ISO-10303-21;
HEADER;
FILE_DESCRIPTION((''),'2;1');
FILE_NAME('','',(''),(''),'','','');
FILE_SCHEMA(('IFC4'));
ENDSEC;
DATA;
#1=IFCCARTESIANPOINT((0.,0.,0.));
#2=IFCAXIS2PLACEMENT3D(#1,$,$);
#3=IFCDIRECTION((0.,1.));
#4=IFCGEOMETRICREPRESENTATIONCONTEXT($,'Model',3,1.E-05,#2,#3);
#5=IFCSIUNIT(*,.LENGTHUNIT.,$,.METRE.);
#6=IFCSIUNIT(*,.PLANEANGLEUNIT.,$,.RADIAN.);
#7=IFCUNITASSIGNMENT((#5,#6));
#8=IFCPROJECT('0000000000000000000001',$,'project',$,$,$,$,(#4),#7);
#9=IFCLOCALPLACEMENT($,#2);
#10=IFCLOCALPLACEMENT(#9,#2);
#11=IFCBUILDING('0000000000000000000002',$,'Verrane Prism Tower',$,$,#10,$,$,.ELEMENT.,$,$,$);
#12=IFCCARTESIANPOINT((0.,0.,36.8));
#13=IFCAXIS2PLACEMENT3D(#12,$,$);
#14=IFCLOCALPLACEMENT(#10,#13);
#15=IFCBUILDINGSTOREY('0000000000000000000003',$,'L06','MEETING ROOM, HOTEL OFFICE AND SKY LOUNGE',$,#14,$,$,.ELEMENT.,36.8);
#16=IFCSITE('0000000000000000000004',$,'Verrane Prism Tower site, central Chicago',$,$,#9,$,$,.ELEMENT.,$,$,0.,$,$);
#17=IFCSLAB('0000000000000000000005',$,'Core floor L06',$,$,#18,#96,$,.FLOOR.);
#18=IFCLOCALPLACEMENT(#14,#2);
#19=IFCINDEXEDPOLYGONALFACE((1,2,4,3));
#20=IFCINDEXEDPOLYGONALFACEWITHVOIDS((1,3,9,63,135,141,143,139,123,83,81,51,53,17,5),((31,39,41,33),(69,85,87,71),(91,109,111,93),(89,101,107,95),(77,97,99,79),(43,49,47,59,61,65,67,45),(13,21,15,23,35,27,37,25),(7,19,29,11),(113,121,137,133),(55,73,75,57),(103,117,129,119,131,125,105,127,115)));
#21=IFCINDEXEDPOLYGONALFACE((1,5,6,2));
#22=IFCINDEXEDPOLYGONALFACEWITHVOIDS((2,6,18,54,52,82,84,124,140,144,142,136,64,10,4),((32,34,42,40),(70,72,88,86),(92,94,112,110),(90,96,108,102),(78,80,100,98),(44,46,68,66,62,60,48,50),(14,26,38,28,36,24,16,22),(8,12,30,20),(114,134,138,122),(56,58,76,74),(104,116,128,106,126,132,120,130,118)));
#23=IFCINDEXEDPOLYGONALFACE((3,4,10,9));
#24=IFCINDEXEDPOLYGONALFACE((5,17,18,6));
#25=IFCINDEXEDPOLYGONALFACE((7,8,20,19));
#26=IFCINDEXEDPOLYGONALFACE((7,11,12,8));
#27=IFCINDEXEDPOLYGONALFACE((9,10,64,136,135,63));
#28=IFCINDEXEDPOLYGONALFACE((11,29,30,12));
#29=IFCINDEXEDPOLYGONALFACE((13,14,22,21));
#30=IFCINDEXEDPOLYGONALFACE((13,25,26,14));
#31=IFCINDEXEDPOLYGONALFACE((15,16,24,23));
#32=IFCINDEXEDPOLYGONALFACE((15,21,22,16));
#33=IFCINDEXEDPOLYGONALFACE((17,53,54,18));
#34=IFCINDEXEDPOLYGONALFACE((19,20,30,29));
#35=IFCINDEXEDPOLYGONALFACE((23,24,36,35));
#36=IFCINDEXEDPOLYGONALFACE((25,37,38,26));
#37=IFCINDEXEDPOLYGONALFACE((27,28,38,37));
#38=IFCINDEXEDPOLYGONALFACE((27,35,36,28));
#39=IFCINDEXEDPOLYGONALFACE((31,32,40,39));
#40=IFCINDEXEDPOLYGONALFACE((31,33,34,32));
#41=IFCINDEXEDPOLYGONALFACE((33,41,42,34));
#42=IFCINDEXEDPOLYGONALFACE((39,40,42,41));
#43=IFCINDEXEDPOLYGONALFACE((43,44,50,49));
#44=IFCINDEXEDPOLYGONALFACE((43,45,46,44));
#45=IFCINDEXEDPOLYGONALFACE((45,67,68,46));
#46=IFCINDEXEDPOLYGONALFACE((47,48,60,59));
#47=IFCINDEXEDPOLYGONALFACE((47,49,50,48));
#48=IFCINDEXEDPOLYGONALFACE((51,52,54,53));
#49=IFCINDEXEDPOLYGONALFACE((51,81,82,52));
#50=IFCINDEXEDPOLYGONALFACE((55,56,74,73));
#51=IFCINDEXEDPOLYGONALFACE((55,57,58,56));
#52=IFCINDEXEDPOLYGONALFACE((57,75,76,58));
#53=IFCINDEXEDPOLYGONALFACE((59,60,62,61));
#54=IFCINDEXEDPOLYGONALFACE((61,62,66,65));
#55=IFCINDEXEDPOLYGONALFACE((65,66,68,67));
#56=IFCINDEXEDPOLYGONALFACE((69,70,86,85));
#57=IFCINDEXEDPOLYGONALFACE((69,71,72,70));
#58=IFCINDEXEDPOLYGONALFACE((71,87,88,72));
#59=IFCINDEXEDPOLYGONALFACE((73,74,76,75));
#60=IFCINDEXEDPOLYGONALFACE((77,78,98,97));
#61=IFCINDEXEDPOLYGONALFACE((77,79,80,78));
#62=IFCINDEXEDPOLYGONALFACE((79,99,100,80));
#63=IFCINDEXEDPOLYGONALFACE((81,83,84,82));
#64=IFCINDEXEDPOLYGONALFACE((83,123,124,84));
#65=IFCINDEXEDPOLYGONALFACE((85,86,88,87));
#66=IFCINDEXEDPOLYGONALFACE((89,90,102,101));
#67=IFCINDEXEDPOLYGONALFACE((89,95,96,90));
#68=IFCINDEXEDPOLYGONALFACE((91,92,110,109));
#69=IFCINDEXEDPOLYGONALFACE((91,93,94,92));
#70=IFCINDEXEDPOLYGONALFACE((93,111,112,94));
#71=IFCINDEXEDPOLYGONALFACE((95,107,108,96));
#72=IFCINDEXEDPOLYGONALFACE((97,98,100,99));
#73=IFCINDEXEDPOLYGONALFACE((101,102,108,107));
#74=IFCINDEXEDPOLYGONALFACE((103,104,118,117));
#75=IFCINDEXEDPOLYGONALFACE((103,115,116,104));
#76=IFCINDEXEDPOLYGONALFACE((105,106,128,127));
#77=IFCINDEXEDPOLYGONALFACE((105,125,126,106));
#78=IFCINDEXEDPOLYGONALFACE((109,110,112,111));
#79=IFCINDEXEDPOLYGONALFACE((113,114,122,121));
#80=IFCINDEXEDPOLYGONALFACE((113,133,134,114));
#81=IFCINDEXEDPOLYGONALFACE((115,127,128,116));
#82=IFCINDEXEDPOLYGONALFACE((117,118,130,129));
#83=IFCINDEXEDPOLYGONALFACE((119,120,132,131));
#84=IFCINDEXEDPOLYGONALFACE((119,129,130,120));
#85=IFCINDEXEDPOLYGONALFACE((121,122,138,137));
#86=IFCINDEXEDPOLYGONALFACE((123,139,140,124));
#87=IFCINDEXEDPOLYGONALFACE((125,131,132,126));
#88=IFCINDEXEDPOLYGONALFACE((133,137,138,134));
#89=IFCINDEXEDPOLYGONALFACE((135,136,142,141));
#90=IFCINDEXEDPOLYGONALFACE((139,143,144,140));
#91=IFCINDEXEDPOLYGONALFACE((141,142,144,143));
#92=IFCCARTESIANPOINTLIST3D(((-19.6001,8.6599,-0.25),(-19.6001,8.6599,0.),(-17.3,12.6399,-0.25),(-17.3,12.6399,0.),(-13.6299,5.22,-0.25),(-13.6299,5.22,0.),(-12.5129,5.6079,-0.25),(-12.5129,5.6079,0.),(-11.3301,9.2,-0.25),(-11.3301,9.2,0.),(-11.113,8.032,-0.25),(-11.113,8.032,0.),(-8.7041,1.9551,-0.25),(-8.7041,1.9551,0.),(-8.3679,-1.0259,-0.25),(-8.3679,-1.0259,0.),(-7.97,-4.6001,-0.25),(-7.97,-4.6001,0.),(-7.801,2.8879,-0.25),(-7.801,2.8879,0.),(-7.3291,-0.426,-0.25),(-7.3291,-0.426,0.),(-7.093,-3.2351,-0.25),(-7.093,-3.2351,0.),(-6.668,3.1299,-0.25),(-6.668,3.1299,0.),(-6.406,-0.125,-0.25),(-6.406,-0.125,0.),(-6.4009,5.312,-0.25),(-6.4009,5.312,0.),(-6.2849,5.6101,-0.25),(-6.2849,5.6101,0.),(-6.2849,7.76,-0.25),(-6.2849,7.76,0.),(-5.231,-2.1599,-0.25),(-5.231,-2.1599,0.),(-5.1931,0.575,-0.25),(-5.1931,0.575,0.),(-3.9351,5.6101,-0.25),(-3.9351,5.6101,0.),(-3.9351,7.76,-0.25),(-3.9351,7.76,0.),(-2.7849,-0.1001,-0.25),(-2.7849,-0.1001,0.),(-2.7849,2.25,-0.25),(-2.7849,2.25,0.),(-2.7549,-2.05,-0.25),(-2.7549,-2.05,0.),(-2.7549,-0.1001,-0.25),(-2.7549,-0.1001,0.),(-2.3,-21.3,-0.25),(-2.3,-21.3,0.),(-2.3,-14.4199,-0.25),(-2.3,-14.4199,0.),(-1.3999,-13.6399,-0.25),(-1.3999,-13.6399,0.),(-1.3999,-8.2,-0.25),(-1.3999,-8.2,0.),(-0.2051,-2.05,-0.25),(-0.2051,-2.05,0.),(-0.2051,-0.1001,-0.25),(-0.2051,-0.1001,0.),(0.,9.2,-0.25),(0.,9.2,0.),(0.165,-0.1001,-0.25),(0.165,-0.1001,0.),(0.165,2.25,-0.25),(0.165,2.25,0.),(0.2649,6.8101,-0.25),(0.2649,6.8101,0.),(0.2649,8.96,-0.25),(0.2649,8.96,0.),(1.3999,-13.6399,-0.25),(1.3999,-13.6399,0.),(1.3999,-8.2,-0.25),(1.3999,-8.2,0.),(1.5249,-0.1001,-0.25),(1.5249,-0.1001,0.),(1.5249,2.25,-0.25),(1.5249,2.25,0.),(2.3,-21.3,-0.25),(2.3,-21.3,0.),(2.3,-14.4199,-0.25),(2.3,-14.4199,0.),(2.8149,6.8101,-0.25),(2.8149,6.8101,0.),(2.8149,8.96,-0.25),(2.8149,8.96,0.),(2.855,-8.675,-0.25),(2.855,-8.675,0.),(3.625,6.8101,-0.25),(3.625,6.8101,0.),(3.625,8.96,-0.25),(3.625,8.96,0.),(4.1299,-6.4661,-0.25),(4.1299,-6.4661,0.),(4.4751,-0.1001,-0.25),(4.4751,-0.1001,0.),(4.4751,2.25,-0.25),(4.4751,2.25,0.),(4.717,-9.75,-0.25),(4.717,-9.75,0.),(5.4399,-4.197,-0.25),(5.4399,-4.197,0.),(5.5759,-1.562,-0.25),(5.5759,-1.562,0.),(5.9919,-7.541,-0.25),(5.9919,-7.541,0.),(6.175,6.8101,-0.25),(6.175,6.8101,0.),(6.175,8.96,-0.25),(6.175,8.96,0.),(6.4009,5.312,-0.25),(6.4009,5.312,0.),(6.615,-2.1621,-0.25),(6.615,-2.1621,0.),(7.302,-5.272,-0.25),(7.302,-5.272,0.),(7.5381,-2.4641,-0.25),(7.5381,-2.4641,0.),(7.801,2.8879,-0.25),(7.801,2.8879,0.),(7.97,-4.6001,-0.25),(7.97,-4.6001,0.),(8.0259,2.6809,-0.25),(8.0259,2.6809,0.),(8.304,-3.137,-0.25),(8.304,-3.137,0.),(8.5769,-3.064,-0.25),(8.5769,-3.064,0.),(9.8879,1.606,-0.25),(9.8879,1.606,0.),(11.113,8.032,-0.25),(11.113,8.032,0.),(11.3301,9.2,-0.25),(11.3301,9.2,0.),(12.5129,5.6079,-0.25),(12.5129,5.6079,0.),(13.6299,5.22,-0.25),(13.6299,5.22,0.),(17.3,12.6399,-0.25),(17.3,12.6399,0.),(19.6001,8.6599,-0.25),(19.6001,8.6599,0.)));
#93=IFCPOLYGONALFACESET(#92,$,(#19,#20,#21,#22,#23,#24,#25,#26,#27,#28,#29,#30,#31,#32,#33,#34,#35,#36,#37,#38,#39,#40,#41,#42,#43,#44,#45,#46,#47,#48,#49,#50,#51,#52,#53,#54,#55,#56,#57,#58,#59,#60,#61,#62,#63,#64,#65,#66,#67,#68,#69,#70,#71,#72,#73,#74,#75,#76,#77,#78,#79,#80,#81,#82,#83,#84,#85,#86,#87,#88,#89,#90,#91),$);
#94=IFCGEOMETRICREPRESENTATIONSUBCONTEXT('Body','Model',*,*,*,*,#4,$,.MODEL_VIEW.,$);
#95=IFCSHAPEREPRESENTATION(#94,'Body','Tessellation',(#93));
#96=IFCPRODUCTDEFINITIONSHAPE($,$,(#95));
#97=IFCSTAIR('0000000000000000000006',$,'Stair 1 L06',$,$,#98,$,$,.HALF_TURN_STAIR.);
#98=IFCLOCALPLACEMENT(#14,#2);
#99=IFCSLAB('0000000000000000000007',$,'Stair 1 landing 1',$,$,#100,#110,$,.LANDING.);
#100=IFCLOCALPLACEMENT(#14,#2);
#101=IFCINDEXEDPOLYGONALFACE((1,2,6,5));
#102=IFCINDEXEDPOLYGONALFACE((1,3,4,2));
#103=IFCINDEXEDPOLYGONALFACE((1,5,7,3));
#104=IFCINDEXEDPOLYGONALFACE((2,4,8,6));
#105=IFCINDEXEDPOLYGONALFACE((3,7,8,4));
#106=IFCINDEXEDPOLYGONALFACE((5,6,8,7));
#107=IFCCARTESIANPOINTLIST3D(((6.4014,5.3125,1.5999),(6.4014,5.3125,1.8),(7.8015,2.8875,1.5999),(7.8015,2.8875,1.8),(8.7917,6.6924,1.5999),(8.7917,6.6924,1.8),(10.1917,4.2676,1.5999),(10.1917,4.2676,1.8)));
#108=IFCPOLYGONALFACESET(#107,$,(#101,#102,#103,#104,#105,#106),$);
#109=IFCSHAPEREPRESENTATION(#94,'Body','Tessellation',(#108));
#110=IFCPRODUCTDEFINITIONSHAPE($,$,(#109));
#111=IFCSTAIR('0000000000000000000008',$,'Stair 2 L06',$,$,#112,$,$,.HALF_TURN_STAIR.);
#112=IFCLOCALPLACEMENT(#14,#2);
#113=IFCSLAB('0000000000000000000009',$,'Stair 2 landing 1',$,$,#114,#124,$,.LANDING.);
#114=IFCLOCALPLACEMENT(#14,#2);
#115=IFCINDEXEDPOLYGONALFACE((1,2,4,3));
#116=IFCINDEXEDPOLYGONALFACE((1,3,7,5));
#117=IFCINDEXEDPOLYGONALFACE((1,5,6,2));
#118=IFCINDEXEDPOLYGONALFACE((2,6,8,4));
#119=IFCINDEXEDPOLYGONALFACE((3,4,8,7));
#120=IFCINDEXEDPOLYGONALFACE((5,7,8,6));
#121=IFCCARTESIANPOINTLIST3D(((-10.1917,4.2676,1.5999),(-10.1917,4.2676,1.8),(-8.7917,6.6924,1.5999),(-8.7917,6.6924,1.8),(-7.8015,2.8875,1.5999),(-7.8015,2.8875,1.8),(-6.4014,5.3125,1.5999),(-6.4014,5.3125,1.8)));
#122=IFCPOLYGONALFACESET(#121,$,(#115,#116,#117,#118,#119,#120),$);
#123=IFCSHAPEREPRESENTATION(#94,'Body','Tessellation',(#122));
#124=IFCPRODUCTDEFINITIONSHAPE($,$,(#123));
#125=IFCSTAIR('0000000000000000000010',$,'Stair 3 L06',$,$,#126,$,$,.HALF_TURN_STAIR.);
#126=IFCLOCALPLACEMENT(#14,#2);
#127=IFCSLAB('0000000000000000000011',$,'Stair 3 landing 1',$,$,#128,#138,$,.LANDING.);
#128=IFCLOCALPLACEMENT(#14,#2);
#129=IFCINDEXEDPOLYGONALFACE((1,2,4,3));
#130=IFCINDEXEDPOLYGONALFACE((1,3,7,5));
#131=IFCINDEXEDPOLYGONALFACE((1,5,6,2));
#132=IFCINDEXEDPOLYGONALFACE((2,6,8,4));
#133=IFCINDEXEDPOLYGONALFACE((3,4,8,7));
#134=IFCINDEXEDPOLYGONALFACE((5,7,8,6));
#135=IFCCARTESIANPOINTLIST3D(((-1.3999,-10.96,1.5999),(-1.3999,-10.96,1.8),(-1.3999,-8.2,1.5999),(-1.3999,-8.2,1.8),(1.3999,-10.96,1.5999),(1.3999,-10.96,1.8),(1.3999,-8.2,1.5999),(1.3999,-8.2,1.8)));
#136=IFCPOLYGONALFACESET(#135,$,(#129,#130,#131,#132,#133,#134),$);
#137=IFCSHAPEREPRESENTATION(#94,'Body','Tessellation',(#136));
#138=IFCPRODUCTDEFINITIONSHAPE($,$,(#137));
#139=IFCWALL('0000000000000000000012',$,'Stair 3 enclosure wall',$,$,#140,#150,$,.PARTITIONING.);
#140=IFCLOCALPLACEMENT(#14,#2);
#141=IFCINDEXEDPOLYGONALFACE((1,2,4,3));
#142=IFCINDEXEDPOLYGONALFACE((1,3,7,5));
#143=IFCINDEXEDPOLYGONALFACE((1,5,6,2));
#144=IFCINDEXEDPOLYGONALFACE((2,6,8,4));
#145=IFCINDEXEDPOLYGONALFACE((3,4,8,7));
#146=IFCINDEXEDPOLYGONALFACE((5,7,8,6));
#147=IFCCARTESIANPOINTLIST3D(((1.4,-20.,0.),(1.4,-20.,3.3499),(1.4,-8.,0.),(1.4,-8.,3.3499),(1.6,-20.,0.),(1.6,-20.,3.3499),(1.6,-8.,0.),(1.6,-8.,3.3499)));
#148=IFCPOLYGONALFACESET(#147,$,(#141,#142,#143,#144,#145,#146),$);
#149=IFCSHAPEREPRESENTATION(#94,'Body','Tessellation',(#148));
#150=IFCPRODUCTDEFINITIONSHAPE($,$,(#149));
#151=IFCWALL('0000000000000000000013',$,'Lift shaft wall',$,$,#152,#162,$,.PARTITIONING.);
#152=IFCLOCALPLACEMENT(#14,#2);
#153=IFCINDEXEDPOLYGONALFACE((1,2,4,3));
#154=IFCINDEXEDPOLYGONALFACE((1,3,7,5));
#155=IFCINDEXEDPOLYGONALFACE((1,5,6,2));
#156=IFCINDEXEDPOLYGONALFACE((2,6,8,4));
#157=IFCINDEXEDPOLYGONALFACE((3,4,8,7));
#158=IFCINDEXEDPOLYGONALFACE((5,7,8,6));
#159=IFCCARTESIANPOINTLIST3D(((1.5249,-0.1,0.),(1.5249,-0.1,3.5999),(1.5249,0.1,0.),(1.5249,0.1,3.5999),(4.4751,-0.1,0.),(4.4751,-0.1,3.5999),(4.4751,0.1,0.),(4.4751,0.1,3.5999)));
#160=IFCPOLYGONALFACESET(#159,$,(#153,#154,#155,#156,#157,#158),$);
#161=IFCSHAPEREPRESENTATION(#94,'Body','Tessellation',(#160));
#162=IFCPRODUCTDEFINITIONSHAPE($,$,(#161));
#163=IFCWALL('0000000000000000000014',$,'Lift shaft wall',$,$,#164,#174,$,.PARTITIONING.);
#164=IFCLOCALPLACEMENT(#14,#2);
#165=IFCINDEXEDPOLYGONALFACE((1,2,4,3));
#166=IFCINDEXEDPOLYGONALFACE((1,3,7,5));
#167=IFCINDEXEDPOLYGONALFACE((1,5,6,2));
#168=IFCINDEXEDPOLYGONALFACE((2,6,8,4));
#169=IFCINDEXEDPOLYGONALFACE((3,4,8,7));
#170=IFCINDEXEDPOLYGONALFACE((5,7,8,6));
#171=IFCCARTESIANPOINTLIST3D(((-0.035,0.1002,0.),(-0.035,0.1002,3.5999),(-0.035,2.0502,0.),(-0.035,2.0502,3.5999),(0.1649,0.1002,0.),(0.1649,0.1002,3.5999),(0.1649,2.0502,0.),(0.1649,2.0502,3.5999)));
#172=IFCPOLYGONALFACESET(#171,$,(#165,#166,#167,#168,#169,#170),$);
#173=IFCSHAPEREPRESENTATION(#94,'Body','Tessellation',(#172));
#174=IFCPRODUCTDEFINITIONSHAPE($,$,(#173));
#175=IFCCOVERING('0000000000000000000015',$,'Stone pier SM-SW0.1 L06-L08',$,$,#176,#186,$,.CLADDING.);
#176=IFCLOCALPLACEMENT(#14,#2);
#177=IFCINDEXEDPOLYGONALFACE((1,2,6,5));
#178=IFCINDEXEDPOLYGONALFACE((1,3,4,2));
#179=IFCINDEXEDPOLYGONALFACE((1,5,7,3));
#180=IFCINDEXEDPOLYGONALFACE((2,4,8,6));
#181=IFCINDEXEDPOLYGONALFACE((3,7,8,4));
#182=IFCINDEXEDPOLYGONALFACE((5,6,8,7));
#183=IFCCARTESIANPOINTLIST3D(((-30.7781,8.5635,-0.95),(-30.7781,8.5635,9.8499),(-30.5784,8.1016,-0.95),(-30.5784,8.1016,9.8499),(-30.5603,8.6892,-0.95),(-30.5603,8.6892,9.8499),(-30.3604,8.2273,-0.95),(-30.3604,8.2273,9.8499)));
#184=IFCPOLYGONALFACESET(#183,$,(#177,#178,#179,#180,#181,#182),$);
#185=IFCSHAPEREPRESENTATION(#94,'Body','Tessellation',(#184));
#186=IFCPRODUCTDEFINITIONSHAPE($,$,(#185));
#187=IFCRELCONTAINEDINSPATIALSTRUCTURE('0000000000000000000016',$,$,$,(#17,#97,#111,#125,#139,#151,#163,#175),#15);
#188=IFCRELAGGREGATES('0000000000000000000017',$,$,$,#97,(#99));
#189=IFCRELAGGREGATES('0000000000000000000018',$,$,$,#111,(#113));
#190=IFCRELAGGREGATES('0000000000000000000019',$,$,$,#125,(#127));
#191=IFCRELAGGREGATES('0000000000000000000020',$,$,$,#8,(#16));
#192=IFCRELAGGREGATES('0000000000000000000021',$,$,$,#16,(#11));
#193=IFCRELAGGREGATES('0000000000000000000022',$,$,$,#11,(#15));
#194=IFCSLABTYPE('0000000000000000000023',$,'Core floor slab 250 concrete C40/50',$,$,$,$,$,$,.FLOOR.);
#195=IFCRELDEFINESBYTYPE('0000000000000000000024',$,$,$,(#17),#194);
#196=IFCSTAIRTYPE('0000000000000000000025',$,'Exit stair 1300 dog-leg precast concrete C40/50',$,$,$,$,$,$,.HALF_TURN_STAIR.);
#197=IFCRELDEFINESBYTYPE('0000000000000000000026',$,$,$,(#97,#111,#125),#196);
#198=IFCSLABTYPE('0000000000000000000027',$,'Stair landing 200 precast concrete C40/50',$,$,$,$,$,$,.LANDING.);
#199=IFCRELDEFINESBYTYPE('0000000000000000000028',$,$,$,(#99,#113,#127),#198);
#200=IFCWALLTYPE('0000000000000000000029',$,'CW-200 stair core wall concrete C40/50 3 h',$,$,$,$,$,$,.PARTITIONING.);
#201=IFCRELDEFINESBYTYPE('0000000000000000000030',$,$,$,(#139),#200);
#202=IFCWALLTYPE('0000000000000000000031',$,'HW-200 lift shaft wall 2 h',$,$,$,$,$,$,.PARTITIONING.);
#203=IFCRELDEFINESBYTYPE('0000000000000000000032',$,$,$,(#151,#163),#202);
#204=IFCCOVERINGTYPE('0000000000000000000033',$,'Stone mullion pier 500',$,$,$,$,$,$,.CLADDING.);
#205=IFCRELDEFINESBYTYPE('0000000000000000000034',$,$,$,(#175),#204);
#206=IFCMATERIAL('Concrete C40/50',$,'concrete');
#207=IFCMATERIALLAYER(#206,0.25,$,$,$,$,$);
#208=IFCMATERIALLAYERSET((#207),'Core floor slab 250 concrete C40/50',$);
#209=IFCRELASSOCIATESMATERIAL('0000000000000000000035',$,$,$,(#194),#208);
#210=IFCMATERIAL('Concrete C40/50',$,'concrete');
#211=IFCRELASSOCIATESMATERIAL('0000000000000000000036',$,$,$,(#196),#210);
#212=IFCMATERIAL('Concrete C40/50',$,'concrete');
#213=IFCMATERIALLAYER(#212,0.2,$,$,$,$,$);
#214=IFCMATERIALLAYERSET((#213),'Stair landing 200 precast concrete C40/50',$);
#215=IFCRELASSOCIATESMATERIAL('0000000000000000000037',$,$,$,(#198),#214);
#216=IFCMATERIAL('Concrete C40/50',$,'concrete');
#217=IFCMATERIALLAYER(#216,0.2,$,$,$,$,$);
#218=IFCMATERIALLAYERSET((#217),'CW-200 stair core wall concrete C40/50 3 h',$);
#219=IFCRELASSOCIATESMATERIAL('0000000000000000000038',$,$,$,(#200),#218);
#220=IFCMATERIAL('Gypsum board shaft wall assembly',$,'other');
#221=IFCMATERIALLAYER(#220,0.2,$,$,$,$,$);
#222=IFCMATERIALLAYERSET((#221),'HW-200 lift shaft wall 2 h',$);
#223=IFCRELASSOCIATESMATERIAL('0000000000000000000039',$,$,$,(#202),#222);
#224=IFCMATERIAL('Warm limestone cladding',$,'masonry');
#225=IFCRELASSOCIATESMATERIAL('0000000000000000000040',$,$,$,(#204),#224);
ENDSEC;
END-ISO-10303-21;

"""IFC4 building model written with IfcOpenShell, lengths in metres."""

from ifc_helpers import new_model, si_unit, direction, frame, frame_2d, origin, place, context, subcontext, project, spatial, polyline, rectangle, outline, extrude, material, layer, layer_set, type_object, element, aggregate, save


model = new_model("IFC4")

# Units and contexts
model_context = context("Model", 3, precision=1e-05, world=origin(), true_north=direction((0.0, 1.0)))
body_context = subcontext(model_context, "Body", "Model", "MODEL_VIEW")
ifc_project = project(units=[si_unit("LENGTHUNIT", "METRE"), si_unit("PLANEANGLEUNIT", "RADIAN")], contexts=[model_context])

# Site, building, storey
site_placement = place(None, origin())
site = spatial("IfcSite", under=ifc_project, at=site_placement, Name="Verrane Prism Tower site, central Chicago", CompositionType="ELEMENT", RefElevation=0.0)
building_placement = place(site_placement, origin())
building = spatial("IfcBuilding", under=site, at=building_placement, Name="Verrane Prism Tower", CompositionType="ELEMENT")
storey_placement = place(building_placement, frame((0.0, 0.0, 36.8)))
storey = spatial("IfcBuildingStorey", under=building, at=storey_placement, Name="L06", Description="MEETING ROOM, HOTEL OFFICE AND SKY LOUNGE", CompositionType="ELEMENT", Elevation=36.8)

# Slab
ifc_material_1 = material(Name="Concrete C40/50", Category="concrete")
ifc_layer_1 = layer(ifc_material_1, 0.25)
ifc_layer_set_1 = layer_set([ifc_layer_1], Name="Core floor slab 250 concrete C40/50")
slab_type_1 = type_object("IfcSlabType", Name="Core floor slab 250 concrete C40/50", PredefinedType="FLOOR", material=ifc_layer_set_1)
slab_1_placement = place(storey_placement, frame((0.0, 0.0, -0.25)))
element("IfcSlab", 1, at=slab_1_placement, inside=storey, type_object=slab_type_1, Name="Core floor L06", PredefinedType="FLOOR", context=body_context, shape_type="SweptSolid", body=[
    extrude(outline(polyline([(13.6299, 5.22), (19.6001, 8.6599), (17.3, 12.6399), (11.3301, 9.2), (0.0, 9.2), (-11.3301, 9.2), (-17.3, 12.6399), (-19.6001, 8.6599), (-13.6299, 5.22), (-7.97, -4.6001), (-2.3, -14.4199), (-2.3, -21.3), (2.3, -21.3), (2.3, -14.4199), (7.97, -4.6001), (13.6299, 5.22)]), holes=[polyline([(1.3999, -8.2), (1.3999, -13.6399), (-1.3999, -13.6399), (-1.3999, -8.2), (1.3999, -8.2)]), polyline([(0.165, 2.25), (0.165, -0.1001), (-0.2051, -0.1001), (-0.2051, -2.05), (-2.7549, -2.05), (-2.7549, -0.1001), (-2.7849, -0.1001), (-2.7849, 2.25), (0.165, 2.25)]), polyline([(-7.801, 2.8879), (-12.5129, 5.6079), (-11.113, 8.032), (-6.4009, 5.312), (-7.801, 2.8879)]), polyline([(-6.2849, 5.6101), (-6.2849, 7.76), (-3.9351, 7.76), (-3.9351, 5.6101), (-6.2849, 5.6101)]), polyline([(2.8149, 6.8101), (0.2649, 6.8101), (0.2649, 8.96), (2.8149, 8.96), (2.8149, 6.8101)]), polyline([(4.717, -9.75), (2.855, -8.675), (4.1299, -6.4661), (5.9919, -7.541), (4.717, -9.75)]), polyline([(8.304, -3.137), (5.5759, -1.562), (8.0259, 2.6809), (9.8879, 1.606), (7.5381, -2.4641), (8.5769, -3.064), (7.302, -5.272), (5.4399, -4.197), (6.615, -2.1621), (8.304, -3.137)]), polyline([(1.5249, -0.1001), (1.5249, 2.25), (4.4751, 2.25), (4.4751, -0.1001), (1.5249, -0.1001)]), polyline([(11.113, 8.032), (12.5129, 5.6079), (7.801, 2.8879), (6.4009, 5.312), (11.113, 8.032)]), polyline([(3.625, 6.8101), (3.625, 8.96), (6.175, 8.96), (6.175, 6.8101), (3.625, 6.8101)]), polyline([(-5.231, -2.1599), (-7.093, -3.2351), (-8.3679, -1.0259), (-7.3291, -0.426), (-8.7041, 1.9551), (-6.668, 3.1299), (-5.1931, 0.575), (-6.406, -0.125), (-5.231, -2.1599)])]), origin(), (0.0, 0.0, 1.0), 0.25),
])

# Stairs, slabs
ifc_material_2 = material(Name="Concrete C40/50", Category="concrete")
stair_type = type_object("IfcStairType", Name="Exit stair 1300 dog-leg precast concrete C40/50", PredefinedType="HALF_TURN_STAIR", material=ifc_material_2)
stair_1_placement = place(storey_placement, origin())
stair_1 = element("IfcStair", 2, at=stair_1_placement, inside=storey, type_object=stair_type, Name="Stair 1 L06", PredefinedType="HALF_TURN_STAIR")
ifc_material_3 = material(Name="Concrete C40/50", Category="concrete")
ifc_layer_2 = layer(ifc_material_3, 0.2)
ifc_layer_set_2 = layer_set([ifc_layer_2], Name="Stair landing 200 precast concrete C40/50")
slab_type_2 = type_object("IfcSlabType", Name="Stair landing 200 precast concrete C40/50", PredefinedType="LANDING", material=ifc_layer_set_2)
slab_2_placement = place(storey_placement, frame((0.0, 0.0, 1.5999)))
slab_2 = element("IfcSlab", 3, at=slab_2_placement, type_object=slab_type_2, Name="Stair 1 landing 1", PredefinedType="LANDING", context=body_context, shape_type="SweptSolid", body=[
    extrude(outline(polyline([(8.7917, 6.6924), (6.4014, 5.3125), (7.8015, 2.8875), (10.1917, 4.2676), (8.7917, 6.6924)])), origin(), (0.0, 0.0, 1.0), 0.2002),
])
aggregate(stair_1, [slab_2])
stair_2_placement = place(storey_placement, origin())
stair_2 = element("IfcStair", 4, at=stair_2_placement, inside=storey, type_object=stair_type, Name="Stair 2 L06", PredefinedType="HALF_TURN_STAIR")
slab_3_placement = place(storey_placement, frame((0.0, 0.0, 1.5999)))
slab_3 = element("IfcSlab", 5, at=slab_3_placement, type_object=slab_type_2, Name="Stair 2 landing 1", PredefinedType="LANDING", context=body_context, shape_type="SweptSolid", body=[
    extrude(outline(polyline([(-10.1917, 4.2676), (-7.8015, 2.8875), (-6.4014, 5.3125), (-8.7917, 6.6924), (-10.1917, 4.2676)])), origin(), (0.0, 0.0, 1.0), 0.2002),
])
aggregate(stair_2, [slab_3])
stair_3_placement = place(storey_placement, origin())
stair_3 = element("IfcStair", 6, at=stair_3_placement, inside=storey, type_object=stair_type, Name="Stair 3 L06", PredefinedType="HALF_TURN_STAIR")
slab_4_placement = place(storey_placement, frame((0.0, 0.0, 1.5999)))
slab_4 = element("IfcSlab", 7, at=slab_4_placement, type_object=slab_type_2, Name="Stair 3 landing 1", PredefinedType="LANDING", context=body_context, shape_type="SweptSolid", body=[
    extrude(outline(polyline([(1.3999, -10.96), (1.3999, -8.2), (-1.3999, -8.2), (-1.3999, -10.96), (1.3999, -10.96)])), origin(), (0.0, 0.0, 1.0), 0.2002),
])
aggregate(stair_3, [slab_4])

# Walls
ifc_material_4 = material(Name="Concrete C40/50", Category="concrete")
ifc_layer_3 = layer(ifc_material_4, 0.2)
ifc_layer_set_3 = layer_set([ifc_layer_3], Name="CW-200 stair core wall concrete C40/50 3 h")
wall_type_1 = type_object("IfcWallType", Name="CW-200 stair core wall concrete C40/50 3 h", PredefinedType="PARTITIONING", material=ifc_layer_set_3)
wall_1_placement = place(storey_placement, frame((1.5, -8.0, 0.0), z_axis=(0.0, 0.0, 1.0), x_axis=(0.0, -1.0, 0.0)))
element("IfcWall", 8, at=wall_1_placement, inside=storey, type_object=wall_type_1, Name="Stair 3 enclosure wall", PredefinedType="PARTITIONING", context=body_context, shape_type="SweptSolid", body=[
    extrude(rectangle(XDim=12.0, YDim=0.2, at=frame_2d((6.0, 0.0))), origin(), (0.0, 0.0, 1.0), 3.3499),
])
ifc_material_5 = material(Name="Gypsum board shaft wall assembly", Category="other")
ifc_layer_4 = layer(ifc_material_5, 0.2)
ifc_layer_set_4 = layer_set([ifc_layer_4], Name="HW-200 lift shaft wall 2 h")
wall_type_2 = type_object("IfcWallType", Name="HW-200 lift shaft wall 2 h", PredefinedType="PARTITIONING", material=ifc_layer_set_4)
wall_2_placement = place(storey_placement, frame((1.5249, 0.0, 0.0), z_axis=(0.0, 0.0, 1.0), x_axis=(1.0, 0.0, 0.0)))
element("IfcWall", 9, at=wall_2_placement, inside=storey, type_object=wall_type_2, Name="Lift shaft wall", PredefinedType="PARTITIONING", context=body_context, shape_type="SweptSolid", body=[
    extrude(rectangle(XDim=2.9502, YDim=0.2, at=frame_2d((1.4751, 0.0))), origin(), (0.0, 0.0, 1.0), 3.5999),
])
wall_3_placement = place(storey_placement, frame((0.0649, 0.1001, 0.0), z_axis=(0.0, 0.0, 1.0), x_axis=(0.0, 1.0, 0.0)))
element("IfcWall", 10, at=wall_3_placement, inside=storey, type_object=wall_type_2, Name="Lift shaft wall", PredefinedType="PARTITIONING", context=body_context, shape_type="SweptSolid", body=[
    extrude(rectangle(XDim=1.95, YDim=0.2, at=frame_2d((0.9751, 0.0))), origin(), (0.0, 0.0, 1.0), 3.5999),
])

# Covering
ifc_material_6 = material(Name="Warm limestone cladding", Category="masonry")
covering_type_1 = type_object("IfcCoveringType", Name="Stone mullion pier 500", PredefinedType="CLADDING", material=ifc_material_6)
covering_1_placement = place(storey_placement, frame((0.0, 0.0, -0.95)))
element("IfcCovering", 11, at=covering_1_placement, inside=storey, type_object=covering_type_1, Name="Stone pier SM-SW0.1 L06-L08", PredefinedType="CLADDING", context=body_context, shape_type="SweptSolid", body=[
    extrude(outline(polyline([(-30.3604, 8.2273), (-30.5603, 8.6892), (-30.7781, 8.5635), (-30.5784, 8.1016), (-30.3604, 8.2273)])), origin(), (0.0, 0.0, 1.0), 10.7998),
])

save(model, "model.ifc")
